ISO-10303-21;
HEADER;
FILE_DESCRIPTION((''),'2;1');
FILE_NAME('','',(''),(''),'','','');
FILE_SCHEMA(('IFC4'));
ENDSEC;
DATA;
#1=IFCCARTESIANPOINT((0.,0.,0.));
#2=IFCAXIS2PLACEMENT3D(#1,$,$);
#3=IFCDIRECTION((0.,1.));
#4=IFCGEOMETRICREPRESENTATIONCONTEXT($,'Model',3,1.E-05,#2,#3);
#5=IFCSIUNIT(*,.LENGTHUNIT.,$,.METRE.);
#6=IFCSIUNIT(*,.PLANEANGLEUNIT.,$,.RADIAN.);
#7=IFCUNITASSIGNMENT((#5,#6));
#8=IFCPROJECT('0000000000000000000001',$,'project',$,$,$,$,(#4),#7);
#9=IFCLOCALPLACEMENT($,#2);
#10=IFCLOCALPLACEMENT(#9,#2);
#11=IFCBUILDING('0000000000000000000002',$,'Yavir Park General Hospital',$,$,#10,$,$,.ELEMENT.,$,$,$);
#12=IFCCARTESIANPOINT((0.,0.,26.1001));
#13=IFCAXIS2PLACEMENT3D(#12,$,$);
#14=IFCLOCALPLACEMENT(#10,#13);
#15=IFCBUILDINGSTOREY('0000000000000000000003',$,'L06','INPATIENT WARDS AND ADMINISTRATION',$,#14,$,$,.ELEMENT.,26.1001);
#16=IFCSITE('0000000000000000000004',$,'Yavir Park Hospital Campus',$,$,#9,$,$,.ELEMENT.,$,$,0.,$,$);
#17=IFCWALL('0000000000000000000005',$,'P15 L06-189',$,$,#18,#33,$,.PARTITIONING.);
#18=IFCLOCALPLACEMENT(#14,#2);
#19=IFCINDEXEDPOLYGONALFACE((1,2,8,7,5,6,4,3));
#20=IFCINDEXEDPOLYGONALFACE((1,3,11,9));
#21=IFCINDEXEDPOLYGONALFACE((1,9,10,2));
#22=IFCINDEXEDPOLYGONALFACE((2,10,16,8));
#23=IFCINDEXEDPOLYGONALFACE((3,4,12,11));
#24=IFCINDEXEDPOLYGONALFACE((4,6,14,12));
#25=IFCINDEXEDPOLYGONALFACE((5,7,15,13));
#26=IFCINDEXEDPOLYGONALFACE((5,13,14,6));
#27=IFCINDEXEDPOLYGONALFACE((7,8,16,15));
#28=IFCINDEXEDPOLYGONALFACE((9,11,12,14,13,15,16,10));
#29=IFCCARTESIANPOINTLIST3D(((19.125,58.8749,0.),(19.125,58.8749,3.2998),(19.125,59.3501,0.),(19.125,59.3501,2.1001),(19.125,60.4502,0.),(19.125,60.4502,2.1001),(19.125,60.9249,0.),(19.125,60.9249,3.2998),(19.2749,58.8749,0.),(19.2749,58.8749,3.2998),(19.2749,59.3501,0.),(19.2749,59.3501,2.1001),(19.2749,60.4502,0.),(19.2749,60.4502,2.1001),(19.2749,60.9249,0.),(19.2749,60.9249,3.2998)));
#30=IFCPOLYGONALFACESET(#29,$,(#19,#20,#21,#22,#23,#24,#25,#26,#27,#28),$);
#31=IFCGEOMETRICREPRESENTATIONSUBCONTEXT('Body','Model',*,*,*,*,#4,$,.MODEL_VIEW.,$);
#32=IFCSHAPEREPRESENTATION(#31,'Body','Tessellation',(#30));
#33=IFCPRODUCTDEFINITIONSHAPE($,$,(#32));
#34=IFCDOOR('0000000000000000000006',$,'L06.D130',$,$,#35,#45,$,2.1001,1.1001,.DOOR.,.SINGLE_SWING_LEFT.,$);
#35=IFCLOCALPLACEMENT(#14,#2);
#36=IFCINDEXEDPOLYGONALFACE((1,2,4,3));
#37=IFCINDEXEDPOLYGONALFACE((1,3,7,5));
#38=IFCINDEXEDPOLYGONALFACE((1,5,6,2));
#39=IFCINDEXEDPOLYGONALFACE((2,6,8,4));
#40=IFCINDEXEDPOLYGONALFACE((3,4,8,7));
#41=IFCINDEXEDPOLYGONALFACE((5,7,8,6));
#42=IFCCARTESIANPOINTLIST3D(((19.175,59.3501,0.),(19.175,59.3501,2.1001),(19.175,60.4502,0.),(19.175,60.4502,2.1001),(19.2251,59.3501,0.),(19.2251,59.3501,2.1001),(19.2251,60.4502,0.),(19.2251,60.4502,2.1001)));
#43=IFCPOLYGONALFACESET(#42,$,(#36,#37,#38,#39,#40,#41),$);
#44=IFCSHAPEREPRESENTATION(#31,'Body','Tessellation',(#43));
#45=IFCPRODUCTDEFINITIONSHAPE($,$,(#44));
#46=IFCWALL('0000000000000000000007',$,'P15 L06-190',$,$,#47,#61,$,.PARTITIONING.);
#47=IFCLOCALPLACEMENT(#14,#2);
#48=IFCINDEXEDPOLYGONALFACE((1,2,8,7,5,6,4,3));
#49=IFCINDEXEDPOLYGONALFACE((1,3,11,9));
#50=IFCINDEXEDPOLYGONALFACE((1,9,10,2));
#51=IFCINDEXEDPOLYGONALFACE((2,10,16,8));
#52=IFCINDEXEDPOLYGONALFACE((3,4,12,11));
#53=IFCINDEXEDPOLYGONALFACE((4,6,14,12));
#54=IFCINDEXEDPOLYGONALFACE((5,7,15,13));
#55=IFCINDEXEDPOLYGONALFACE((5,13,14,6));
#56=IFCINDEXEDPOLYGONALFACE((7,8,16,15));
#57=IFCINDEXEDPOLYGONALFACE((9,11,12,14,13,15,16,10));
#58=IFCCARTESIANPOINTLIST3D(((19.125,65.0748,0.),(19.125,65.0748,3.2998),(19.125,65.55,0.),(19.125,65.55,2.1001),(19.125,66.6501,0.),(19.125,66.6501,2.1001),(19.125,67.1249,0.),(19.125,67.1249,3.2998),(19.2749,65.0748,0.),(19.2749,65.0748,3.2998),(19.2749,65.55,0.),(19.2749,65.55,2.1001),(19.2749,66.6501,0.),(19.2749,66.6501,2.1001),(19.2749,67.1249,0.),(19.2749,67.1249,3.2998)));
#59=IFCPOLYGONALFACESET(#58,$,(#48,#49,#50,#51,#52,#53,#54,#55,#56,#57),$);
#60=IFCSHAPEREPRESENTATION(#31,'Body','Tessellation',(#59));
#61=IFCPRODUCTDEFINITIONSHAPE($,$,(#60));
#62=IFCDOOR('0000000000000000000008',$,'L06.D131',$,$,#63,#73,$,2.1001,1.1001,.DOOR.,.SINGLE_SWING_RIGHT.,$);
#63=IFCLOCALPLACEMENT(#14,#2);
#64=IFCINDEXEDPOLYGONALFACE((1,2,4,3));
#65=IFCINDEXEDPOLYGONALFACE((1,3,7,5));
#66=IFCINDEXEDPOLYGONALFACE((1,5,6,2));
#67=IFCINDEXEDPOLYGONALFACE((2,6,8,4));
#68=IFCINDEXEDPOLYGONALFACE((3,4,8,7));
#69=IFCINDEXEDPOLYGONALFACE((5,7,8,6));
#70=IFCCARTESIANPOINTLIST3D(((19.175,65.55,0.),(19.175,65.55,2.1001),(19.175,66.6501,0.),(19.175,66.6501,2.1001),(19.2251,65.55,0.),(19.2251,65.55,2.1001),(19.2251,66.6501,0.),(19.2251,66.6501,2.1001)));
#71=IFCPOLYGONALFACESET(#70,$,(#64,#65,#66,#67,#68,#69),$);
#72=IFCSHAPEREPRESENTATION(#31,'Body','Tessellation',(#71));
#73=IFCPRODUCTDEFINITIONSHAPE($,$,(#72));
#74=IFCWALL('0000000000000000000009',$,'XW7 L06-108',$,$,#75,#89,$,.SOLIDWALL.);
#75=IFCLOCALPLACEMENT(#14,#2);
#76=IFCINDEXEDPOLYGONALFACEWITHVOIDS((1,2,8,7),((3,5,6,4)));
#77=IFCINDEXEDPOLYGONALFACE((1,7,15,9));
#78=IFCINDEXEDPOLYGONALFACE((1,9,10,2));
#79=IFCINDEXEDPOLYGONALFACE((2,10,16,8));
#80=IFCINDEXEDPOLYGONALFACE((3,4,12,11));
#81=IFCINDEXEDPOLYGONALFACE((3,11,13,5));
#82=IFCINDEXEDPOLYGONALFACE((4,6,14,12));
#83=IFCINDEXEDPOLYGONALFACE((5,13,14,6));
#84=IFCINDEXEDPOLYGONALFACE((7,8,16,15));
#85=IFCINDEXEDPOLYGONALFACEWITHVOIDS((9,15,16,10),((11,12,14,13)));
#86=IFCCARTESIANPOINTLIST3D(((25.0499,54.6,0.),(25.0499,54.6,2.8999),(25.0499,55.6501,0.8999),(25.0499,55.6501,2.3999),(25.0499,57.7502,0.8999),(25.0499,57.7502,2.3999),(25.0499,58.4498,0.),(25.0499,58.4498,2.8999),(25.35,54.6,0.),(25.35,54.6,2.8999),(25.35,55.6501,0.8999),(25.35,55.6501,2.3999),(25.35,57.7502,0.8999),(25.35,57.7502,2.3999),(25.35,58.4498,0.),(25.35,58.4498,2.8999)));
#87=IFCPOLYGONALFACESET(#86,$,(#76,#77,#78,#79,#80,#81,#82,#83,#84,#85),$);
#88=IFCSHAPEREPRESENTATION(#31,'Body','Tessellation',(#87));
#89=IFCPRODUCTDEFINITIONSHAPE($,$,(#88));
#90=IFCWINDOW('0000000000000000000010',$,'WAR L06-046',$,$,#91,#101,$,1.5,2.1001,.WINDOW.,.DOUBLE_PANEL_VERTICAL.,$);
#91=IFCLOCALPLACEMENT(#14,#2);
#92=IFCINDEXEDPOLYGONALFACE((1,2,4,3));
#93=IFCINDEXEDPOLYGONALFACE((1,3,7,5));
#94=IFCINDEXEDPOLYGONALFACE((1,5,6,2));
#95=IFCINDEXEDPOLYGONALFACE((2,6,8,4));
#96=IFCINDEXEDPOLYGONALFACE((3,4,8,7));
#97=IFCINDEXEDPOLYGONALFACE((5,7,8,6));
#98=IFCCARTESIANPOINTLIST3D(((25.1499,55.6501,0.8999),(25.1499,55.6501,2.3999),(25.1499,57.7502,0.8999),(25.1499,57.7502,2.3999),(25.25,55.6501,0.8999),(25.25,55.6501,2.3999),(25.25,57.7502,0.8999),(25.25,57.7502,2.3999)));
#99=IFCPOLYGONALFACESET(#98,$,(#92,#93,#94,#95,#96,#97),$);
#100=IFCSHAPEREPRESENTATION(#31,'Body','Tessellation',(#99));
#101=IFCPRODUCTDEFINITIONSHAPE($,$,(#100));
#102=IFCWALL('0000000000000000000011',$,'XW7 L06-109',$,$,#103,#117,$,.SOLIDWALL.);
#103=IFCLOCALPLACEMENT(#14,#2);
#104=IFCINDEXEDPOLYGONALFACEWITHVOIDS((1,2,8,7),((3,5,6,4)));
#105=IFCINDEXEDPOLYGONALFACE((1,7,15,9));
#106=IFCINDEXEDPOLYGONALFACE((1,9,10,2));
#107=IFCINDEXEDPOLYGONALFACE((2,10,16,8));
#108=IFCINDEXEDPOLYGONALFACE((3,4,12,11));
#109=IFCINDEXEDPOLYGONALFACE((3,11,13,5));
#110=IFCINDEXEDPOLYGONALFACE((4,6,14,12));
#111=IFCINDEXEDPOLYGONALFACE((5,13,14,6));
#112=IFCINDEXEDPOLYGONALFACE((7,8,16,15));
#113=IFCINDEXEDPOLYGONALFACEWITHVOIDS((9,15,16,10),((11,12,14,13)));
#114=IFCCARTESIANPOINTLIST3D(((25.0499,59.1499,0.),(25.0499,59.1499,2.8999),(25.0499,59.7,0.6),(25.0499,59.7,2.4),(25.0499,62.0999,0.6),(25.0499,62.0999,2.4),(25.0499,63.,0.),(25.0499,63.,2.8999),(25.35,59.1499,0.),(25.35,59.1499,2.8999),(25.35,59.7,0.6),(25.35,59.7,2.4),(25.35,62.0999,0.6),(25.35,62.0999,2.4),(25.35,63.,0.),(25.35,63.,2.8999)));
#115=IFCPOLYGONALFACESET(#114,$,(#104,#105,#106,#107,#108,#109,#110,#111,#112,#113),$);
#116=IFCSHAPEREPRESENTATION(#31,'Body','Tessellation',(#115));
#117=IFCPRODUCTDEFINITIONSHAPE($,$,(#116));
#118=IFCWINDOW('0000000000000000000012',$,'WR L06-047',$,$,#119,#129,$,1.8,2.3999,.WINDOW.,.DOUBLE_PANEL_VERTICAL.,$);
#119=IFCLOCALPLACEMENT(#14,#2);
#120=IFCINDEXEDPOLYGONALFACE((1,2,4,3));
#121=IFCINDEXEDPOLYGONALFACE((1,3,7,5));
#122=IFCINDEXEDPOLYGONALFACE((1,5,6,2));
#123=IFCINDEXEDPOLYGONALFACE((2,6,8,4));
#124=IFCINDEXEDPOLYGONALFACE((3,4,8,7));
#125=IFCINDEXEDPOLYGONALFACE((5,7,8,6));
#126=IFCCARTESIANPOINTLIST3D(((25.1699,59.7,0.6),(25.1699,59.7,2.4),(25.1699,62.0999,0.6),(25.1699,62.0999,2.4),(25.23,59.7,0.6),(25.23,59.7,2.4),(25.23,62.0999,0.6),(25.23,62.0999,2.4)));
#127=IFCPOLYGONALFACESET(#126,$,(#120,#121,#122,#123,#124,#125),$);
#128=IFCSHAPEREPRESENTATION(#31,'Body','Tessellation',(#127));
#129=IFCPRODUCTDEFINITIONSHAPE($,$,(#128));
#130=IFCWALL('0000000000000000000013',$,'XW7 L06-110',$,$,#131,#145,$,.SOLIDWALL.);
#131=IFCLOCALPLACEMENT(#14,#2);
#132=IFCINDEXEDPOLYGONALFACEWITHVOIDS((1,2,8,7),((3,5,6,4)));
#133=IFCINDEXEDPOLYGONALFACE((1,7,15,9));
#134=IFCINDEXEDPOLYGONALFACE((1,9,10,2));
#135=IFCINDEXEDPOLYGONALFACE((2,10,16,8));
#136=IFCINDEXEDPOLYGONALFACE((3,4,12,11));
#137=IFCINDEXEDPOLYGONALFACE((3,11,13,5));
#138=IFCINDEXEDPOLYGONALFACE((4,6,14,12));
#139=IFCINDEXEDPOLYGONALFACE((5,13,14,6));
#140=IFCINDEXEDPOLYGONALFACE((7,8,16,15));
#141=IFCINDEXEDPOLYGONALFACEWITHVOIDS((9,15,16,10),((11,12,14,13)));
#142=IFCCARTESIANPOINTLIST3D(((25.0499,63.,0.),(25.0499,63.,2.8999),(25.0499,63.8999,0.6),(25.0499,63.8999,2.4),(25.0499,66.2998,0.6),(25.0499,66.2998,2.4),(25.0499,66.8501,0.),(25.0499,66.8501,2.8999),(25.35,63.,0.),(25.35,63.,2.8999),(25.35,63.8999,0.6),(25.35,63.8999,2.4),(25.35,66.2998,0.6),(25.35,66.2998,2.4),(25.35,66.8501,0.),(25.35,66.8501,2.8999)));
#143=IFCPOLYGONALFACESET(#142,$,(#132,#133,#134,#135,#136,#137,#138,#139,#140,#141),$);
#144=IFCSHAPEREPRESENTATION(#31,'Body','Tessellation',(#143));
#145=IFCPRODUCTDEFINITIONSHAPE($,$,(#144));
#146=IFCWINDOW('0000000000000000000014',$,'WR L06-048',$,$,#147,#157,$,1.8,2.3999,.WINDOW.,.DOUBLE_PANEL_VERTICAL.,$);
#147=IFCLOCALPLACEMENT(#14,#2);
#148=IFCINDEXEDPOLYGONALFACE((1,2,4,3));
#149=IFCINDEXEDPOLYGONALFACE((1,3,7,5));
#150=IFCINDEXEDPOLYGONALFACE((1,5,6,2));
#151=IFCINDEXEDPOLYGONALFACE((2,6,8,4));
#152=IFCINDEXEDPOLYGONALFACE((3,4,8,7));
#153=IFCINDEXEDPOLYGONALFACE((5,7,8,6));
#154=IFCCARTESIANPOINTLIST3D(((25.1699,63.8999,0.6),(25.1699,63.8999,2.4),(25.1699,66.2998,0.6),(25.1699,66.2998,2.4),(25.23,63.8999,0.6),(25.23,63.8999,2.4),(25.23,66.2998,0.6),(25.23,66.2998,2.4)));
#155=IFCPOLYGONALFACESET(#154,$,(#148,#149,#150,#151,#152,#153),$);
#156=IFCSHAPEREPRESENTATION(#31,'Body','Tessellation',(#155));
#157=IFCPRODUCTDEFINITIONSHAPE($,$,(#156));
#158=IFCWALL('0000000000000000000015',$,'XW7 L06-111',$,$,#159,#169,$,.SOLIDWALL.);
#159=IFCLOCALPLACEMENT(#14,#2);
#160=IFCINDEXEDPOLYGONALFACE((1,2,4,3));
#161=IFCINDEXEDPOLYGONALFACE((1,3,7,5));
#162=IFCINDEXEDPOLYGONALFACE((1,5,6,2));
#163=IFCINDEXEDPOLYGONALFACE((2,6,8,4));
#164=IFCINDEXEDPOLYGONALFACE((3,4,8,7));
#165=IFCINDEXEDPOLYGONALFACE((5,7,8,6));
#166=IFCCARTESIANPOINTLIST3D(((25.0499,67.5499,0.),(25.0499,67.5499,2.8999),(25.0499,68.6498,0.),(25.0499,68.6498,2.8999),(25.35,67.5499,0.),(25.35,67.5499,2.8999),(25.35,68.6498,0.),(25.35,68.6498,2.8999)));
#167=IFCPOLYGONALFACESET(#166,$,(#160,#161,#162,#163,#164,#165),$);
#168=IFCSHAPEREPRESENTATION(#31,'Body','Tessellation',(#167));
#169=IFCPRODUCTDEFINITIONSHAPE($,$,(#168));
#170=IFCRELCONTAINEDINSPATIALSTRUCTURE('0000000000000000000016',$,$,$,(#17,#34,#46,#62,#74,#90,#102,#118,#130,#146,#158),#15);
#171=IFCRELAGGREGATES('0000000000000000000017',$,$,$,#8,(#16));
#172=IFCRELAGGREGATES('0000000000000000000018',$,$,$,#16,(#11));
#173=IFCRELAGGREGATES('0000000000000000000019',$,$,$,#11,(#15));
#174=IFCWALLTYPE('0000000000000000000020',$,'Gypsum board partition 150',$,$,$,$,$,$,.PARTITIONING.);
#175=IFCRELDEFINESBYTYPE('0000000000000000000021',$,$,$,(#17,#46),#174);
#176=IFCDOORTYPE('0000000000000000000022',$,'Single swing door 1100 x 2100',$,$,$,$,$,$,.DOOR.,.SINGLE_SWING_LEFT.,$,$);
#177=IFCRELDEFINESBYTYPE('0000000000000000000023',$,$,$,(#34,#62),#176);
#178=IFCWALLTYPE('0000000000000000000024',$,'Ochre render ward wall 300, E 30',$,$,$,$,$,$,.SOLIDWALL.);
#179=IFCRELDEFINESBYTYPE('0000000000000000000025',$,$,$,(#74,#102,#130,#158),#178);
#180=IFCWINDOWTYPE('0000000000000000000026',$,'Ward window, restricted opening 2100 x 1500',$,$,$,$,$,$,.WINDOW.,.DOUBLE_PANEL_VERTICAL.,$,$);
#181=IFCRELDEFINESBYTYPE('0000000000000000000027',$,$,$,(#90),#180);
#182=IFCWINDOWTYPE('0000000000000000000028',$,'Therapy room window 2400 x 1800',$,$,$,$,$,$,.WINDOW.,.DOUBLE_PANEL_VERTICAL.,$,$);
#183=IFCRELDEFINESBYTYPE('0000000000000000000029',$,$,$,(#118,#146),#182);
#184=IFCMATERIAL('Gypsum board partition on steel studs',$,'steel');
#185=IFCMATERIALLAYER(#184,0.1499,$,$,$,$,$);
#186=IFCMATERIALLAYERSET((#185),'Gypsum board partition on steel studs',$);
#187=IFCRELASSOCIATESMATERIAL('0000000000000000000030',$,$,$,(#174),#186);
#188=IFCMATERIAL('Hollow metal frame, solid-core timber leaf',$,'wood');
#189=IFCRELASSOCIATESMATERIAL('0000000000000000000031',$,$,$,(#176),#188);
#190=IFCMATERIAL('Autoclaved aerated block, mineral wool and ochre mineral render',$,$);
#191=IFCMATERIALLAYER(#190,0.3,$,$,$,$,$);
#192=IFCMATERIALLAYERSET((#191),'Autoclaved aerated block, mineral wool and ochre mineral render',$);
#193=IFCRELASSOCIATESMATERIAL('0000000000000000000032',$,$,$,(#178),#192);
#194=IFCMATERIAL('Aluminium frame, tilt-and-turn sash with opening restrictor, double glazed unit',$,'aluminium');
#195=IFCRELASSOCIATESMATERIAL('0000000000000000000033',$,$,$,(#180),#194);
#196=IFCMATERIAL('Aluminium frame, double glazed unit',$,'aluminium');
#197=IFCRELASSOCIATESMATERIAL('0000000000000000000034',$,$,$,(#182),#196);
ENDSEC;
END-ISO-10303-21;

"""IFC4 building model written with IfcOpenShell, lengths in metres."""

from ifc_helpers import new_model, si_unit, direction, frame, frame_2d, origin, place, context, subcontext, project, spatial, rectangle, extrude, material, layer, layer_set, type_object, element, fill, save


model = new_model("IFC4")

# Units and contexts
model_context = context("Model", 3, precision=1e-05, world=origin(), true_north=direction((0.0, 1.0)))
body_context = subcontext(model_context, "Body", "Model", "MODEL_VIEW")
ifc_project = project(units=[si_unit("LENGTHUNIT", "METRE"), si_unit("PLANEANGLEUNIT", "RADIAN")], contexts=[model_context])

# Site, building, storey
site_placement = place(None, origin())
site = spatial("IfcSite", under=ifc_project, at=site_placement, Name="Yavir Park Hospital Campus", CompositionType="ELEMENT", RefElevation=0.0)
building_placement = place(site_placement, origin())
building = spatial("IfcBuilding", under=site, at=building_placement, Name="Yavir Park General Hospital", CompositionType="ELEMENT")
storey_placement = place(building_placement, frame((0.0, 0.0, 26.1001)))
storey = spatial("IfcBuildingStorey", under=building, at=storey_placement, Name="L06", Description="INPATIENT WARDS AND ADMINISTRATION", CompositionType="ELEMENT", Elevation=26.1001)

# Shared definitions
ifc_material_1 = material(Name="Gypsum board partition on steel studs", Category="steel")
ifc_layer_1 = layer(ifc_material_1, 0.1499)
ifc_layer_set_1 = layer_set([ifc_layer_1], Name="Gypsum board partition on steel studs")
wall_type_1 = type_object("IfcWallType", Name="Gypsum board partition 150", PredefinedType="PARTITIONING", material=ifc_layer_set_1)

# Walls, openings, doors
ifc_material_2 = material(Name="Hollow metal frame, solid-core timber leaf", Category="wood")
door_type = type_object("IfcDoorType", Name="Single swing door 1100 x 2100", OperationType="SINGLE_SWING_LEFT", PredefinedType="DOOR", material=ifc_material_2)
wall_1_placement = place(storey_placement, frame((19.2, 58.875, 0.0), z_axis=(0.0, 0.0, 1.0), x_axis=(0.0, 1.0, 0.0)))
wall_1 = element("IfcWall", 1, at=wall_1_placement, inside=storey, type_object=wall_type_1, Name="P15 L06-189", PredefinedType="PARTITIONING", context=body_context, shape_type="SweptSolid", body=[
    extrude(rectangle(XDim=2.05, YDim=0.1499, at=frame_2d((1.0249, 0.0))), origin(), (0.0, 0.0, 1.0), 3.2998),
])
opening_1_placement = place(wall_1_placement, frame((0.4751, 0.0, 0.0)))
opening_1 = element("IfcOpeningElement", 2, at=opening_1_placement, cuts=wall_1, PredefinedType="OPENING", context=body_context, shape_type="SweptSolid", body=[
    extrude(rectangle(XDim=1.1001, YDim=2.1001, at=frame_2d((0.55, 1.05))), frame((0.0, 0.085, 0.0), z_axis=(0.0, -1.0, 0.0), x_axis=(1.0, 0.0, 0.0)), (0.0, 0.0, 1.0), 0.1699),
])
door_1_placement = place(opening_1_placement, origin())
door_1 = element("IfcDoor", 3, at=door_1_placement, inside=storey, type_object=door_type, Name="L06.D130", OperationType="SINGLE_SWING_LEFT", OverallHeight=2.1001, OverallWidth=1.1001, PredefinedType="DOOR", context=body_context, shape_type="SweptSolid", body=[
    extrude(rectangle(XDim=1.1001, YDim=2.1001, at=frame_2d((0.55, 1.05))), frame((0.0, 0.0249, 0.0), z_axis=(0.0, -1.0, 0.0), x_axis=(1.0, 0.0, 0.0)), (0.0, 0.0, 1.0), 0.05),
])
fill(opening_1, door_1)
wall_2_placement = place(storey_placement, frame((19.2, 65.075, 0.0), z_axis=(0.0, 0.0, 1.0), x_axis=(0.0, 1.0, 0.0)))
wall_2 = element("IfcWall", 4, at=wall_2_placement, inside=storey, type_object=wall_type_1, Name="P15 L06-190", PredefinedType="PARTITIONING", context=body_context, shape_type="SweptSolid", body=[
    extrude(rectangle(XDim=2.05, YDim=0.1499, at=frame_2d((1.0249, 0.0))), origin(), (0.0, 0.0, 1.0), 3.2998),
])
opening_2_placement = place(wall_2_placement, frame((0.4751, 0.0, 0.0)))
opening_2 = element("IfcOpeningElement", 5, at=opening_2_placement, cuts=wall_2, PredefinedType="OPENING", context=body_context, shape_type="SweptSolid", body=[
    extrude(rectangle(XDim=1.1001, YDim=2.1001, at=frame_2d((0.55, 1.05))), frame((0.0, 0.085, 0.0), z_axis=(0.0, -1.0, 0.0), x_axis=(1.0, 0.0, 0.0)), (0.0, 0.0, 1.0), 0.1699),
])
door_2_placement = place(opening_2_placement, origin())
door_2 = element("IfcDoor", 6, at=door_2_placement, inside=storey, type_object=door_type, Name="L06.D131", OperationType="SINGLE_SWING_RIGHT", OverallHeight=2.1001, OverallWidth=1.1001, PredefinedType="DOOR", context=body_context, shape_type="SweptSolid", body=[
    extrude(rectangle(XDim=1.1001, YDim=2.1001, at=frame_2d((0.55, 1.05))), frame((0.0, 0.0249, 0.0), z_axis=(0.0, -1.0, 0.0), x_axis=(1.0, 0.0, 0.0)), (0.0, 0.0, 1.0), 0.05),
])
fill(opening_2, door_2)

# Walls, openings, windows
ifc_material_3 = material(Name="Autoclaved aerated block, mineral wool and ochre mineral render")
ifc_layer_2 = layer(ifc_material_3, 0.3)
ifc_layer_set_2 = layer_set([ifc_layer_2], Name="Autoclaved aerated block, mineral wool and ochre mineral render")
wall_type_2 = type_object("IfcWallType", Name="Ochre render ward wall 300, E 30", PredefinedType="SOLIDWALL", material=ifc_layer_set_2)
wall_3_placement = place(storey_placement, frame((25.2, 54.6001, 0.0), z_axis=(0.0, 0.0, 1.0), x_axis=(0.0, 1.0, 0.0)))
wall_3 = element("IfcWall", 7, at=wall_3_placement, inside=storey, type_object=wall_type_2, Name="XW7 L06-108", PredefinedType="SOLIDWALL", context=body_context, shape_type="SweptSolid", body=[
    extrude(rectangle(XDim=3.8499, YDim=0.3, at=frame_2d((1.9248, 0.0))), origin(), (0.0, 0.0, 1.0), 2.8999),
])
opening_3_placement = place(wall_3_placement, frame((1.05, 0.0, 0.8999)))
opening_3 = element("IfcOpeningElement", 8, at=opening_3_placement, cuts=wall_3, PredefinedType="OPENING", context=body_context, shape_type="SweptSolid", body=[
    extrude(rectangle(XDim=2.1001, YDim=1.5, at=frame_2d((1.05, 0.75))), frame((0.0, 0.1599, 0.0), z_axis=(0.0, -1.0, 0.0), x_axis=(1.0, 0.0, 0.0)), (0.0, 0.0, 1.0), 0.3201),
])
ifc_material_4 = material(Name="Aluminium frame, tilt-and-turn sash with opening restrictor, double glazed unit", Category="aluminium")
window_type_1 = type_object("IfcWindowType", Name="Ward window, restricted opening 2100 x 1500", PartitioningType="DOUBLE_PANEL_VERTICAL", PredefinedType="WINDOW", material=ifc_material_4)
window_1_placement = place(opening_3_placement, origin())
window_1 = element("IfcWindow", 9, at=window_1_placement, inside=storey, type_object=window_type_1, Name="WAR L06-046", OverallHeight=1.5, OverallWidth=2.1001, PartitioningType="DOUBLE_PANEL_VERTICAL", PredefinedType="WINDOW", context=body_context, shape_type="SweptSolid", body=[
    extrude(rectangle(XDim=2.1001, YDim=1.5, at=frame_2d((1.05, 0.75))), frame((0.0, 0.05, 0.0), z_axis=(0.0, -1.0, 0.0), x_axis=(1.0, 0.0, 0.0)), (0.0, 0.0, 1.0), 0.1001),
])
fill(opening_3, window_1)
wall_4_placement = place(storey_placement, frame((25.2, 59.1499, 0.0), z_axis=(0.0, 0.0, 1.0), x_axis=(0.0, 1.0, 0.0)))
wall_4 = element("IfcWall", 10, at=wall_4_placement, inside=storey, type_object=wall_type_2, Name="XW7 L06-109", PredefinedType="SOLIDWALL", context=body_context, shape_type="SweptSolid", body=[
    extrude(rectangle(XDim=3.8501, YDim=0.3, at=frame_2d((1.925, 0.0))), origin(), (0.0, 0.0, 1.0), 2.8999),
])
opening_4_placement = place(wall_4_placement, frame((0.55, 0.0, 0.6001)))
opening_4 = element("IfcOpeningElement", 11, at=opening_4_placement, cuts=wall_4, PredefinedType="OPENING", context=body_context, shape_type="SweptSolid", body=[
    extrude(rectangle(XDim=2.3999, YDim=1.8, at=frame_2d((1.2, 0.8999))), frame((0.0, 0.1599, 0.0), z_axis=(0.0, -1.0, 0.0), x_axis=(1.0, 0.0, 0.0)), (0.0, 0.0, 1.0), 0.3201),
])
ifc_material_5 = material(Name="Aluminium frame, double glazed unit", Category="aluminium")
window_type_2 = type_object("IfcWindowType", Name="Therapy room window 2400 x 1800", PartitioningType="DOUBLE_PANEL_VERTICAL", PredefinedType="WINDOW", material=ifc_material_5)
window_2_placement = place(opening_4_placement, origin())
window_2 = element("IfcWindow", 12, at=window_2_placement, inside=storey, type_object=window_type_2, Name="WR L06-047", OverallHeight=1.8, OverallWidth=2.3999, PartitioningType="DOUBLE_PANEL_VERTICAL", PredefinedType="WINDOW", context=body_context, shape_type="SweptSolid", body=[
    extrude(rectangle(XDim=2.3999, YDim=1.8, at=frame_2d((1.2, 0.8999))), frame((0.0, 0.03, 0.0), z_axis=(0.0, -1.0, 0.0), x_axis=(1.0, 0.0, 0.0)), (0.0, 0.0, 1.0), 0.0601),
])
fill(opening_4, window_2)
wall_5_placement = place(storey_placement, frame((25.2, 63.0, 0.0), z_axis=(0.0, 0.0, 1.0), x_axis=(0.0, 1.0, 0.0)))
wall_5 = element("IfcWall", 13, at=wall_5_placement, inside=storey, type_object=wall_type_2, Name="XW7 L06-110", PredefinedType="SOLIDWALL", context=body_context, shape_type="SweptSolid", body=[
    extrude(rectangle(XDim=3.8501, YDim=0.3, at=frame_2d((1.925, 0.0))), origin(), (0.0, 0.0, 1.0), 2.8999),
])
opening_5_placement = place(wall_5_placement, frame((0.8999, 0.0, 0.6001)))
opening_5 = element("IfcOpeningElement", 14, at=opening_5_placement, cuts=wall_5, PredefinedType="OPENING", context=body_context, shape_type="SweptSolid", body=[
    extrude(rectangle(XDim=2.3999, YDim=1.8, at=frame_2d((1.2, 0.8999))), frame((0.0, 0.1599, 0.0), z_axis=(0.0, -1.0, 0.0), x_axis=(1.0, 0.0, 0.0)), (0.0, 0.0, 1.0), 0.3201),
])
window_3_placement = place(opening_5_placement, origin())
window_3 = element("IfcWindow", 15, at=window_3_placement, inside=storey, type_object=window_type_2, Name="WR L06-048", OverallHeight=1.8, OverallWidth=2.3999, PartitioningType="DOUBLE_PANEL_VERTICAL", PredefinedType="WINDOW", context=body_context, shape_type="SweptSolid", body=[
    extrude(rectangle(XDim=2.3999, YDim=1.8, at=frame_2d((1.2, 0.8999))), frame((0.0, 0.03, 0.0), z_axis=(0.0, -1.0, 0.0), x_axis=(1.0, 0.0, 0.0)), (0.0, 0.0, 1.0), 0.0601),
])
fill(opening_5, window_3)

# Wall
wall_6_placement = place(storey_placement, frame((25.2, 67.55, 0.0), z_axis=(0.0, 0.0, 1.0), x_axis=(0.0, 1.0, 0.0)))
element("IfcWall", 16, at=wall_6_placement, inside=storey, type_object=wall_type_2, Name="XW7 L06-111", PredefinedType="SOLIDWALL", context=body_context, shape_type="SweptSolid", body=[
    extrude(rectangle(XDim=1.0999, YDim=0.3, at=frame_2d((0.5498, 0.0))), origin(), (0.0, 0.0, 1.0), 2.8999),
])

save(model, "model.ifc")
